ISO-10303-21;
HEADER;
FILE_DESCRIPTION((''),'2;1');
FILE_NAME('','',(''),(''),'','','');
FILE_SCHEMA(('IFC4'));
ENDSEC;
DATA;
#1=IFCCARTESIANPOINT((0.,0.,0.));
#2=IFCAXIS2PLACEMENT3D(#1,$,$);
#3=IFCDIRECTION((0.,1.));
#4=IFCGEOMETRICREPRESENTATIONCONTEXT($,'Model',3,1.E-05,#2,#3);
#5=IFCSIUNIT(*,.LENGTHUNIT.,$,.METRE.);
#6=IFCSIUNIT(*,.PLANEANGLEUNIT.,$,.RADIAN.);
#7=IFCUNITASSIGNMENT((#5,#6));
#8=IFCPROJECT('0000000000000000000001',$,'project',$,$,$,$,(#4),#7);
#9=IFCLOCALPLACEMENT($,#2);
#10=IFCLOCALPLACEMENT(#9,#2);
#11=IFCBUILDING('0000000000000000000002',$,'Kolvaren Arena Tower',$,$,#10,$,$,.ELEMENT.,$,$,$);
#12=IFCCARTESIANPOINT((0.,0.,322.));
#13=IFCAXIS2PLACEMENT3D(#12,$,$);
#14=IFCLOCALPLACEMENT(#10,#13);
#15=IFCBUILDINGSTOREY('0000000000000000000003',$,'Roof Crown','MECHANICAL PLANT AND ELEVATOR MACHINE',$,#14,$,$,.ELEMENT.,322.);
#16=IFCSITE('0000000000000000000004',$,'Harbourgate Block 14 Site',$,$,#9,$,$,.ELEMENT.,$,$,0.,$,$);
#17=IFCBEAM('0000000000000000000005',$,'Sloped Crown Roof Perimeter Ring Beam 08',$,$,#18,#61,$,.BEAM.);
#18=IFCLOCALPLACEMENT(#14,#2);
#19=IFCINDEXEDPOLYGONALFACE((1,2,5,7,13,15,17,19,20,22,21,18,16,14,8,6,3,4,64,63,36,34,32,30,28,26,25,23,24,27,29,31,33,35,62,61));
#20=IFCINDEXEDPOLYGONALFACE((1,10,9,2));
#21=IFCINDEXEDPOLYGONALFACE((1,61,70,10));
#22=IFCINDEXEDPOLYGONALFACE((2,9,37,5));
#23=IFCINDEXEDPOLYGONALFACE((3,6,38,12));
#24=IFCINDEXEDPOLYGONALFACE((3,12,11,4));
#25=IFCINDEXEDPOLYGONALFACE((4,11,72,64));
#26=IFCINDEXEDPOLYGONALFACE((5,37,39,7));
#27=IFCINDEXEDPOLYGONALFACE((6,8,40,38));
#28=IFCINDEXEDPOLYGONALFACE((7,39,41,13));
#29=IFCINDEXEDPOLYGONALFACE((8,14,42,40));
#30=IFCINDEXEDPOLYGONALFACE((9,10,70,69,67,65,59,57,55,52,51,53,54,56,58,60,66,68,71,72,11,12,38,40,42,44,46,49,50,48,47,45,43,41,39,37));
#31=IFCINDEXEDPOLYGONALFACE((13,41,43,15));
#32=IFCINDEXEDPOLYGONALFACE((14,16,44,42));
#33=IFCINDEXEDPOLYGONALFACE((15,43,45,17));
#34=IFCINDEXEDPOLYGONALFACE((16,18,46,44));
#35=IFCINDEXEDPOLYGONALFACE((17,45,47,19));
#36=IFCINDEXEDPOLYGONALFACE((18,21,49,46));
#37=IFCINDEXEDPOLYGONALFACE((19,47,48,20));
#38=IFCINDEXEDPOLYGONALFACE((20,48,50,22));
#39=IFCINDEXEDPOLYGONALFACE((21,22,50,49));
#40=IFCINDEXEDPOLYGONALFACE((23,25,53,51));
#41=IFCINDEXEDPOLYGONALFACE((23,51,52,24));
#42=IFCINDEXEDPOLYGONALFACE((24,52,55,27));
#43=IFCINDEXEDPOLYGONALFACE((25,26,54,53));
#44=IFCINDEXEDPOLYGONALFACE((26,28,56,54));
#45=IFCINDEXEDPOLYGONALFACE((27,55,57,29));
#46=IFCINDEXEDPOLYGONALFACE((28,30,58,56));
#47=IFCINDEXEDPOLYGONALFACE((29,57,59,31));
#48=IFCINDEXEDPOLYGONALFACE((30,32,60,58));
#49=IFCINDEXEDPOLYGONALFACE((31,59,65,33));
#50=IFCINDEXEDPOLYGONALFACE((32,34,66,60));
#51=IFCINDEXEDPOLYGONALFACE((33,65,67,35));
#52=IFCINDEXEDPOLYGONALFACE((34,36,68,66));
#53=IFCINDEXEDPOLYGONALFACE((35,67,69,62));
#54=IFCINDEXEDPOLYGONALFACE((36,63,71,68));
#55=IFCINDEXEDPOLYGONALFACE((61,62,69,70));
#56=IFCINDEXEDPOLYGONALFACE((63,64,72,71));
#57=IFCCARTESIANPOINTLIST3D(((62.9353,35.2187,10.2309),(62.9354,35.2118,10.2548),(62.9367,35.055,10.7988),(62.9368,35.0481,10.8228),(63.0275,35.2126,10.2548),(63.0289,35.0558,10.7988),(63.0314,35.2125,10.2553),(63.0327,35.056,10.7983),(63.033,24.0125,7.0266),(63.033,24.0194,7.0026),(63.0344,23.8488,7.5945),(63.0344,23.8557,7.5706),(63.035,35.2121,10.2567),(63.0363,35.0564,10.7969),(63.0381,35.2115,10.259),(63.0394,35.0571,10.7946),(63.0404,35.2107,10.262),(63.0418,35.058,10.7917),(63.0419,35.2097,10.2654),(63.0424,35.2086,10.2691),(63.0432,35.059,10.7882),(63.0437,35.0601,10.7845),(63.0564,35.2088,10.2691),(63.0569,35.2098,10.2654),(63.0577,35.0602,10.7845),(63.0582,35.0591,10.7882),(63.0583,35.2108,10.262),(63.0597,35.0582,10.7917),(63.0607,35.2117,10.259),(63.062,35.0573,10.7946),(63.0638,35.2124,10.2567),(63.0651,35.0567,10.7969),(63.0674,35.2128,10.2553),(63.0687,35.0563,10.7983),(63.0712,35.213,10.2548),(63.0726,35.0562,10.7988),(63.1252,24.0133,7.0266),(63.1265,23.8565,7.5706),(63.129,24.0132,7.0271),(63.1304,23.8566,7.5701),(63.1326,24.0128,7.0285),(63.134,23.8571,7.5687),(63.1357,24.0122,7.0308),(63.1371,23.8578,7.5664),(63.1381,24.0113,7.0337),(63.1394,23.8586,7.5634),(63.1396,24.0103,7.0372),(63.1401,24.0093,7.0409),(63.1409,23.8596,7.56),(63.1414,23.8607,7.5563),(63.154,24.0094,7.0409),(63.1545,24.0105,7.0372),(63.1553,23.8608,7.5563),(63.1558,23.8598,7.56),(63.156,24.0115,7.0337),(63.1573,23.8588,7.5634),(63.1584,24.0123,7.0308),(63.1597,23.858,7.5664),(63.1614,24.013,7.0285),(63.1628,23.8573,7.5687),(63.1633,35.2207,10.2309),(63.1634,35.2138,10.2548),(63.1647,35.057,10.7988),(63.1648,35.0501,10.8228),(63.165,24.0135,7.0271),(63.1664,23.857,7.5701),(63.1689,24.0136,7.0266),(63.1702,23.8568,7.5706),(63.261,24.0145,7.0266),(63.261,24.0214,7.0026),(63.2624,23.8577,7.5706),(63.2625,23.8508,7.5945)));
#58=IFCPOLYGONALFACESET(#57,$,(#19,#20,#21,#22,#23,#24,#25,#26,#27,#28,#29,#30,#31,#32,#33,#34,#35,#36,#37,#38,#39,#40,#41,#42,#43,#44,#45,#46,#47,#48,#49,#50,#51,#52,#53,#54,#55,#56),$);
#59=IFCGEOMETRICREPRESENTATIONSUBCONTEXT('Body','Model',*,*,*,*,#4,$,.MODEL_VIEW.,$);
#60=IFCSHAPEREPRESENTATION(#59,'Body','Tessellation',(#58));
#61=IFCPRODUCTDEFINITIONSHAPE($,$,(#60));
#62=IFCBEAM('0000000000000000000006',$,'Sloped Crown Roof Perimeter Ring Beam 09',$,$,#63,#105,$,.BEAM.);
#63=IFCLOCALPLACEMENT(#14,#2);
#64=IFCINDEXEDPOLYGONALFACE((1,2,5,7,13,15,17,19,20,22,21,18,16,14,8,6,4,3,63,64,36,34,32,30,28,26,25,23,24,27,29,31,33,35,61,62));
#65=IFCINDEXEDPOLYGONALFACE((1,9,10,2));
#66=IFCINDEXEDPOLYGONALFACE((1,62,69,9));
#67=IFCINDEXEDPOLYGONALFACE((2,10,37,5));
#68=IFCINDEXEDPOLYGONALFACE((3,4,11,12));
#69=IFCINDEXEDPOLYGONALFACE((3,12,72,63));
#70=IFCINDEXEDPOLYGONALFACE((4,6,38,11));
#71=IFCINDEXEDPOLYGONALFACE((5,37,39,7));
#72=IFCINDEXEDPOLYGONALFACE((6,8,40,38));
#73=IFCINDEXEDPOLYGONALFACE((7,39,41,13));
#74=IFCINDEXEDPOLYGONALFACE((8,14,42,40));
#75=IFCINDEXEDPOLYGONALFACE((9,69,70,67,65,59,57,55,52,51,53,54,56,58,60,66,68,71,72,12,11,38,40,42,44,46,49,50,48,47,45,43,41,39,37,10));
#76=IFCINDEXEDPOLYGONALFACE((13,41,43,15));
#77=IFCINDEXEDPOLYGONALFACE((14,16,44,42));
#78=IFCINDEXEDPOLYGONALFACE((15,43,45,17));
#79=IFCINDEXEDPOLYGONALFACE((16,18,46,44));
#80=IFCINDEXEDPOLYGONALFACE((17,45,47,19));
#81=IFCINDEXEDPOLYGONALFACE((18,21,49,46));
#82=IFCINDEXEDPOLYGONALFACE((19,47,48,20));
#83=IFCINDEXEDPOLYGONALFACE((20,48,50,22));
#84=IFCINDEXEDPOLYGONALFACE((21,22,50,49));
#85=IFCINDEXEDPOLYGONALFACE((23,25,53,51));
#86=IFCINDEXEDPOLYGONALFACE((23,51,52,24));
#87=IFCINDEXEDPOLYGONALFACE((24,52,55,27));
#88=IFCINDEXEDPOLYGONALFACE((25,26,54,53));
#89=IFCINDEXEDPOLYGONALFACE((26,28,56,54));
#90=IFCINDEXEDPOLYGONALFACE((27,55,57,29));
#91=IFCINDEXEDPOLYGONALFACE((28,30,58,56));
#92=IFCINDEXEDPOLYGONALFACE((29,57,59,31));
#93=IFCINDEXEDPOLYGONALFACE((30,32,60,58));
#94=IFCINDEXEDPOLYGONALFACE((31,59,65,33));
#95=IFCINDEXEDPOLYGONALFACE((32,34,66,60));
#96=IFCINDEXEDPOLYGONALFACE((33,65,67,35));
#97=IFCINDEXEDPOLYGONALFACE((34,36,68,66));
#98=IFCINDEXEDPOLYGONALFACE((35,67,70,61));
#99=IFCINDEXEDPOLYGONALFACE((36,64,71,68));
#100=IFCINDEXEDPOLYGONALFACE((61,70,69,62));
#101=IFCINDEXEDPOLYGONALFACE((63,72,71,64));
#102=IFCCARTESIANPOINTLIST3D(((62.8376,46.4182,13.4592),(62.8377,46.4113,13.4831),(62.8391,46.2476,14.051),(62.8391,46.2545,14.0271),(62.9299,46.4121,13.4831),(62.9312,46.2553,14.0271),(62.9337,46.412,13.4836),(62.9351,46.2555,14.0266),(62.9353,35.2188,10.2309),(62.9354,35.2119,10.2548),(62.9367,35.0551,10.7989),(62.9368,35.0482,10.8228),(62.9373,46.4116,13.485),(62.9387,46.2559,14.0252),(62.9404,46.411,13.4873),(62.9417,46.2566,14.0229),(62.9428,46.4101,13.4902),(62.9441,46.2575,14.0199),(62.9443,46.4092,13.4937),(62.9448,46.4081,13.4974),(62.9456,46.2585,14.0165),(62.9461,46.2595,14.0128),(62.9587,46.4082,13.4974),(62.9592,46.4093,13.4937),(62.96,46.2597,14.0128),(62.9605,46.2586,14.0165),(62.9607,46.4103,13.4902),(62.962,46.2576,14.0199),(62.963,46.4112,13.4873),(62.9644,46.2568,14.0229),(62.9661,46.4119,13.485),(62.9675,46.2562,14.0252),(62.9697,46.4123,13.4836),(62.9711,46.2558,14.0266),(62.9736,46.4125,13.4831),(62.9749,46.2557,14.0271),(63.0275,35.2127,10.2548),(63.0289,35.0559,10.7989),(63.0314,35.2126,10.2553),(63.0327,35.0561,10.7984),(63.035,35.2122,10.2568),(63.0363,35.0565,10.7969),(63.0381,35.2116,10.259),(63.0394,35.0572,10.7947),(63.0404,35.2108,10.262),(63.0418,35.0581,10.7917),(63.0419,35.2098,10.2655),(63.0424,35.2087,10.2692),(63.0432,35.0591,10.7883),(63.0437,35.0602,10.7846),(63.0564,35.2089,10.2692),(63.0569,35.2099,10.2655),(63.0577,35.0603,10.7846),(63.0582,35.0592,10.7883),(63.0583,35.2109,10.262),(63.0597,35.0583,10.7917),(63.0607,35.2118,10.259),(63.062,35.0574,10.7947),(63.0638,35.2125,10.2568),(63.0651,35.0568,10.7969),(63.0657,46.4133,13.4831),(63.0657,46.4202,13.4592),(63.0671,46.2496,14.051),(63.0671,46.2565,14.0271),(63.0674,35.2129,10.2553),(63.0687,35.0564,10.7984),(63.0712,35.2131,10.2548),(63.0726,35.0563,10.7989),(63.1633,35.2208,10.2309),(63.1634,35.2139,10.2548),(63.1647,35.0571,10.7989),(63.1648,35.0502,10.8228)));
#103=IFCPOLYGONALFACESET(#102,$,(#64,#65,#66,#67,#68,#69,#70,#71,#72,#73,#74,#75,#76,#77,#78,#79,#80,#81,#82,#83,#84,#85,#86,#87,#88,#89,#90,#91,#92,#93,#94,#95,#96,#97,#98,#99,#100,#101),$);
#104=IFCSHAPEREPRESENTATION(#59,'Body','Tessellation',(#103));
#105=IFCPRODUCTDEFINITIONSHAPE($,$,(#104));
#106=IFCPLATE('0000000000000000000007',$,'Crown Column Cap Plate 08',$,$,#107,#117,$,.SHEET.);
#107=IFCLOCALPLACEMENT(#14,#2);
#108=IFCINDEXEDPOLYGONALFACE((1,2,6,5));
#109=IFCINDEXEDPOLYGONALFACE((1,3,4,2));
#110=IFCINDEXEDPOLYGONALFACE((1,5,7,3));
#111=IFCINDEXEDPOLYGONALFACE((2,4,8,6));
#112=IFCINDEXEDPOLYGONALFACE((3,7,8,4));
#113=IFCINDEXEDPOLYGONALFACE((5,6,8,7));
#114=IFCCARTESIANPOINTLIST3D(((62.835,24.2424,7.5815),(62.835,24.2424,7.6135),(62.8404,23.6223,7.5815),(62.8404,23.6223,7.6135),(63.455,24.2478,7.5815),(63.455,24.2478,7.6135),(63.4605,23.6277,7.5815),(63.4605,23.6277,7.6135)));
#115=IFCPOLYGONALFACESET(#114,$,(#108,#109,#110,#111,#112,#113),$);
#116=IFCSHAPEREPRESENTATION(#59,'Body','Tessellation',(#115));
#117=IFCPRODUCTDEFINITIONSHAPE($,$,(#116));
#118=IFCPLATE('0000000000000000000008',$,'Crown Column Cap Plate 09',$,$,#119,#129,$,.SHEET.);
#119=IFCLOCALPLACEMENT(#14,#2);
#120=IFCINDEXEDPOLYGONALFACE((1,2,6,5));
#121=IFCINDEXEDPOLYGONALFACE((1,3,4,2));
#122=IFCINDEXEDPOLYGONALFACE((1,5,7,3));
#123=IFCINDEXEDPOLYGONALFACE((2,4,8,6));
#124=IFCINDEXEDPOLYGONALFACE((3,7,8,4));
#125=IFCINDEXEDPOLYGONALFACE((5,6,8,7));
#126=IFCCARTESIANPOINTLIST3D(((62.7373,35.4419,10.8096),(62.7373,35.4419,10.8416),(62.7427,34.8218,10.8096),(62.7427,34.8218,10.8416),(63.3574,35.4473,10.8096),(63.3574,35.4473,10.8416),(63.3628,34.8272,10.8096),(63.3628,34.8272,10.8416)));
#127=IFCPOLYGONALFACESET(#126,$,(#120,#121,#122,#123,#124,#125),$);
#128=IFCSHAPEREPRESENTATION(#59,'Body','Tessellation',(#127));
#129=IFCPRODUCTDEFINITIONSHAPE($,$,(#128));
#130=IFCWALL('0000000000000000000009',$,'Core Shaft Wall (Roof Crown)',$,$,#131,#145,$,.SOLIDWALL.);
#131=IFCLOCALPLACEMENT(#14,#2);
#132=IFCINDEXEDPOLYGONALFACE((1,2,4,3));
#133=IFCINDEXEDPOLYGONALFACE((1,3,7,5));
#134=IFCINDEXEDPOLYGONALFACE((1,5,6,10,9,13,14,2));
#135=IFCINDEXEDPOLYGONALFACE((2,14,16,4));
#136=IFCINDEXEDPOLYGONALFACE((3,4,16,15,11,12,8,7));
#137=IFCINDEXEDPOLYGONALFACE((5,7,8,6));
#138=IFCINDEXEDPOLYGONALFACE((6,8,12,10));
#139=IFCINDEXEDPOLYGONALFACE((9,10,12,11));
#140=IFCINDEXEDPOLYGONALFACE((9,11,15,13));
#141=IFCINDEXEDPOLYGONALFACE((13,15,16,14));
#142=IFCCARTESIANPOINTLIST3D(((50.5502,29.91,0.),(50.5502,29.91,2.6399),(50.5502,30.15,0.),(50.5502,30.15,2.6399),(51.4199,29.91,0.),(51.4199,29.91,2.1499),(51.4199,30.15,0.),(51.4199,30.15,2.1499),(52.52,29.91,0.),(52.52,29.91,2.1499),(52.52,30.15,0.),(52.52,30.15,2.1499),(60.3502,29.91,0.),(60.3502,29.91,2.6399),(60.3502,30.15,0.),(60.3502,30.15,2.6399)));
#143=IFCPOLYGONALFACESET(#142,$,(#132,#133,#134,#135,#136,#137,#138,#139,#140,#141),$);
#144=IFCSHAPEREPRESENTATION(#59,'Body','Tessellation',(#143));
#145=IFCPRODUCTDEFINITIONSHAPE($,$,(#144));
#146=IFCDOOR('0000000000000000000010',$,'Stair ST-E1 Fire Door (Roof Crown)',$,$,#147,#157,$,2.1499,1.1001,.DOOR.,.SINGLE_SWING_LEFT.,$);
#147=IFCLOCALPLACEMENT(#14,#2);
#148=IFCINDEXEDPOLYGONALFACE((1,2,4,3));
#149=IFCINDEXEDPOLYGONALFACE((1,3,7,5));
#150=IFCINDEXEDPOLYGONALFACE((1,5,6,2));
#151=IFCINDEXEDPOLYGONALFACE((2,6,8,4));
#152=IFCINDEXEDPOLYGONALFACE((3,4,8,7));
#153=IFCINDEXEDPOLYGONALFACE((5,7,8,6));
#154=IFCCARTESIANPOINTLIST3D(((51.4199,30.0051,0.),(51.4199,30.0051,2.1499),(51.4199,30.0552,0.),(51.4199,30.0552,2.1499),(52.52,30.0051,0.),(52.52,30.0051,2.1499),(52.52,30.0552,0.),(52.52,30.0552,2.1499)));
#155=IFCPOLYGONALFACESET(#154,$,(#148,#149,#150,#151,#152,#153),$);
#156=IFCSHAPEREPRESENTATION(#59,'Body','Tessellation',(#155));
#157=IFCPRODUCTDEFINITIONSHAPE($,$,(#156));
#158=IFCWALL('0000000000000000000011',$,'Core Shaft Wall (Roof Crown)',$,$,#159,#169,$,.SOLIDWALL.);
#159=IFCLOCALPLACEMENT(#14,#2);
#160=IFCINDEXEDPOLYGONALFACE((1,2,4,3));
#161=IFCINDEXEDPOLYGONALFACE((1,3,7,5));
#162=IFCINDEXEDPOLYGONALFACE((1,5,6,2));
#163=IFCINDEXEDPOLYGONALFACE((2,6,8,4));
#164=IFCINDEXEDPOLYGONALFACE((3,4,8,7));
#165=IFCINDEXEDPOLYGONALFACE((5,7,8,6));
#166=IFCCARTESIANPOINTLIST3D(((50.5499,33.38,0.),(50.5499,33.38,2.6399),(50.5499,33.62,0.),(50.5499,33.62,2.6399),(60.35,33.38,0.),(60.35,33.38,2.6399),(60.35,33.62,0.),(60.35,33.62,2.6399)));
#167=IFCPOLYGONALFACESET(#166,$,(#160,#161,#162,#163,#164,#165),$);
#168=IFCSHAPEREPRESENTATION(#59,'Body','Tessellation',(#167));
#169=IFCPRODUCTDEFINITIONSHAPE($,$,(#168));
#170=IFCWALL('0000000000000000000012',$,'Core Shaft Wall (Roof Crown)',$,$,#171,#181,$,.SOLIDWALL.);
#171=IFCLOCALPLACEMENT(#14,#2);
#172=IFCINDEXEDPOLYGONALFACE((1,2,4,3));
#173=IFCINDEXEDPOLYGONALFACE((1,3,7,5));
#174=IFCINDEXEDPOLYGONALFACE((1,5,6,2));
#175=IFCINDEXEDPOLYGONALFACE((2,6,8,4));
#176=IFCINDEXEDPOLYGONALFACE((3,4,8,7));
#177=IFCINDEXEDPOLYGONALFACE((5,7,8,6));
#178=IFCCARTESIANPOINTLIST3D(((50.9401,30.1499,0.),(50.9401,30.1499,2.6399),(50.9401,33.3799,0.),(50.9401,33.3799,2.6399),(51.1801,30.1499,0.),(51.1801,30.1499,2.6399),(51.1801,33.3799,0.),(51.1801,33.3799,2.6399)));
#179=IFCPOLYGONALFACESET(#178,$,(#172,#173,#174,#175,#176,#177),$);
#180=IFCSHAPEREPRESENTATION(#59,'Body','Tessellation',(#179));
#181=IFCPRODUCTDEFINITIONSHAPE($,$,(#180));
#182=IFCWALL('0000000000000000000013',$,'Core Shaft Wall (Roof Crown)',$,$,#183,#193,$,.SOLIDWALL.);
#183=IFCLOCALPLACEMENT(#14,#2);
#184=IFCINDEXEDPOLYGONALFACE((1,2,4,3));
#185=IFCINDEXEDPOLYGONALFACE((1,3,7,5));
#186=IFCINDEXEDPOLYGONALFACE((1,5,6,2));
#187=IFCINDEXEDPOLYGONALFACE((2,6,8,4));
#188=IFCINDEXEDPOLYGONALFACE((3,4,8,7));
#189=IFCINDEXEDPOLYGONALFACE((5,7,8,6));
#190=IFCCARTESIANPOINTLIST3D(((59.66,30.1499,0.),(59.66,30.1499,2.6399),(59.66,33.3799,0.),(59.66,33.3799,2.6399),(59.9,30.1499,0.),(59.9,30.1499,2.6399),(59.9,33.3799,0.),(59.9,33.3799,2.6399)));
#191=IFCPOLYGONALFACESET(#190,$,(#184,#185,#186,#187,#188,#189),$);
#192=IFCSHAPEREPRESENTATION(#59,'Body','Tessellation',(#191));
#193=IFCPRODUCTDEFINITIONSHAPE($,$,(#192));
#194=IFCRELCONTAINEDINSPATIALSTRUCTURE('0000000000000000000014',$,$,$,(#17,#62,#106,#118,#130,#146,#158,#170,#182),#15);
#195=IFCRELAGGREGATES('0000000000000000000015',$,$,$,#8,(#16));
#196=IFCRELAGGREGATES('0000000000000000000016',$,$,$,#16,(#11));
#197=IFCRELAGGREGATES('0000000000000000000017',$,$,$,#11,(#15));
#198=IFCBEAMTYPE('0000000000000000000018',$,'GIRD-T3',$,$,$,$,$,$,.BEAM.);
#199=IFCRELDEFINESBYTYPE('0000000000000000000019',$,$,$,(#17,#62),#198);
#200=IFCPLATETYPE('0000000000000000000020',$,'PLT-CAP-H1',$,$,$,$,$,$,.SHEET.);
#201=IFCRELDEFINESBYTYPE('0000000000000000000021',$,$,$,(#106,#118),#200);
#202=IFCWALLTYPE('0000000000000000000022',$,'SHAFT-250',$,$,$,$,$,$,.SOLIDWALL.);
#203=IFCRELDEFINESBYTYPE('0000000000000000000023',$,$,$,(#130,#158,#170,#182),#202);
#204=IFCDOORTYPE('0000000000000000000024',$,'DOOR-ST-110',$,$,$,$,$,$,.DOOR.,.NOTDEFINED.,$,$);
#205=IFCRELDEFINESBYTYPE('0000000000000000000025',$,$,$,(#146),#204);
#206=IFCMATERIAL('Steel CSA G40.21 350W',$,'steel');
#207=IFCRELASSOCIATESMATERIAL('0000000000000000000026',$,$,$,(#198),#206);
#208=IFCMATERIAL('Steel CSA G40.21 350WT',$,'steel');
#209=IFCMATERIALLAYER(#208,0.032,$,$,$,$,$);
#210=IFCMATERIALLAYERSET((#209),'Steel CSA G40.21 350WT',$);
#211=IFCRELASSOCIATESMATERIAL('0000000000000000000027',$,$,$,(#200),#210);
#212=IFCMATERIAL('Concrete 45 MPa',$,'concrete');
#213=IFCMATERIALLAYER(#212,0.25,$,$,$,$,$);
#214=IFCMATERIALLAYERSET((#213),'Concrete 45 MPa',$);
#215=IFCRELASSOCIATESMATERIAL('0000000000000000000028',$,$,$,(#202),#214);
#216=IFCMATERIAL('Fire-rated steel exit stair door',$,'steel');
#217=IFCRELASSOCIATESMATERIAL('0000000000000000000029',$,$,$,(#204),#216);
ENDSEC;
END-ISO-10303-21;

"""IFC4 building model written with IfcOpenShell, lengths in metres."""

from ifc_helpers import new_model, si_unit, direction, frame, frame_2d, origin, origin_2d, place, context, subcontext, project, spatial, rectangle, i_section, extrude, material, layer, layer_set, material_profile, profile_set, type_object, element, fill, save


model = new_model("IFC4")

# Units and contexts
model_context = context("Model", 3, precision=1e-05, world=origin(), true_north=direction((0.0, 1.0)))
body_context = subcontext(model_context, "Body", "Model", "MODEL_VIEW")
ifc_project = project(units=[si_unit("LENGTHUNIT", "METRE"), si_unit("PLANEANGLEUNIT", "RADIAN")], contexts=[model_context])

# Site, building, storey
site_placement = place(None, origin())
site = spatial("IfcSite", under=ifc_project, at=site_placement, Name="Harbourgate Block 14 Site", CompositionType="ELEMENT", RefElevation=0.0)
building_placement = place(site_placement, origin())
building = spatial("IfcBuilding", under=site, at=building_placement, Name="Kolvaren Arena Tower", CompositionType="ELEMENT")
storey_placement = place(building_placement, frame((0.0, 0.0, 322.0)))
storey = spatial("IfcBuildingStorey", under=building, at=storey_placement, Name="Roof Crown", Description="MECHANICAL PLANT AND ELEVATOR MACHINE", CompositionType="ELEMENT", Elevation=322.0)

# Beams
ifc_material_1 = material(Name="Steel CSA G40.21 350W", Category="steel")
ifc_material_profile_1 = material_profile(ifc_material_1, i_section(OverallWidth=0.228, OverallDepth=0.616, WebThickness=0.0139, FlangeThickness=0.0249, FilletRadius=0.0149, at=origin_2d()), Name="W610x174")
ifc_profile_set_1 = profile_set([ifc_material_profile_1], Name="Steel CSA G40.21 350W")
beam_type = type_object("IfcBeamType", Name="GIRD-T3", PredefinedType="BEAM", material=ifc_profile_set_1)
for number, where, z_axis, x_axis, name in (
    (1, (63.1477, 23.9351, 7.2986), (-0.008378, 0.960843, 0.276965), (-0.999962, -0.008719, 0.0), "Sloped Crown Roof Perimeter Ring Beam 08"),
    (2, (63.05, 35.1345, 10.5269), (-0.008378, 0.960843, 0.276965), (-0.999962, -0.008719, 0.0), "Sloped Crown Roof Perimeter Ring Beam 09"),
):
    element("IfcBeam", number, at=place(storey_placement, frame(where, z_axis=z_axis, x_axis=x_axis)), inside=storey, type_object=beam_type, Name=name, PredefinedType="BEAM", context=body_context, shape_type="SweptSolid", body=[
        extrude(i_section(OverallWidth=0.228, OverallDepth=0.616, WebThickness=0.0139, FlangeThickness=0.0249, FilletRadius=0.0149, at=origin_2d()), origin(), (0.0, 0.0, 1.0), 11.6558),
    ])

# Plates
ifc_material_2 = material(Name="Steel CSA G40.21 350WT", Category="steel")
ifc_layer_1 = layer(ifc_material_2, 0.032)
ifc_layer_set_1 = layer_set([ifc_layer_1], Name="Steel CSA G40.21 350WT")
plate_type = type_object("IfcPlateType", Name="PLT-CAP-H1", PredefinedType="SHEET", material=ifc_layer_set_1)
for number, where, z_axis, x_axis, name in (
    (3, (63.1477, 23.9351, 7.5815), (0.0, 0.0, 1.0), (-0.008727, 0.999962, 0.0), "Crown Column Cap Plate 08"),
    (4, (63.05, 35.1345, 10.8096), (0.0, 0.0, 1.0), (-0.008727, 0.999962, 0.0), "Crown Column Cap Plate 09"),
):
    element("IfcPlate", number, at=place(storey_placement, frame(where, z_axis=z_axis, x_axis=x_axis)), inside=storey, type_object=plate_type, Name=name, PredefinedType="SHEET", context=body_context, shape_type="SweptSolid", body=[
        extrude(rectangle(XDim=0.6201, YDim=0.6201, at=origin_2d()), origin(), (0.0, 0.0, 1.0), 0.032),
    ])

# Wall, opening, door
ifc_material_3 = material(Name="Concrete 45 MPa", Category="concrete")
ifc_layer_2 = layer(ifc_material_3, 0.25)
ifc_layer_set_2 = layer_set([ifc_layer_2], Name="Concrete 45 MPa")
wall_type = type_object("IfcWallType", Name="SHAFT-250", PredefinedType="SOLIDWALL", material=ifc_layer_set_2)
wall_1_placement = place(storey_placement, frame((60.3501, 30.03, 0.0), z_axis=(0.0, 0.0, 1.0), x_axis=(-1.0, 0.0, 0.0)))
wall_1 = element("IfcWall", 5, at=wall_1_placement, inside=storey, type_object=wall_type, Name="Core Shaft Wall (Roof Crown)", PredefinedType="SOLIDWALL", context=body_context, shape_type="SweptSolid", body=[
    extrude(rectangle(XDim=9.8, YDim=0.24, at=frame_2d((4.8999, 0.0))), origin(), (0.0, 0.0, 1.0), 2.6399),
])
opening_1_placement = place(wall_1_placement, frame((7.8301, 0.0, 0.0)))
opening_1 = element("IfcOpeningElement", 6, at=opening_1_placement, cuts=wall_1, PredefinedType="OPENING", context=body_context, shape_type="SweptSolid", body=[
    extrude(rectangle(XDim=1.1001, YDim=2.1499, at=frame_2d((0.55, 1.075))), frame((0.0, 0.1299, 0.0), z_axis=(0.0, -1.0, 0.0), x_axis=(1.0, 0.0, 0.0)), (0.0, 0.0, 1.0), 0.26),
])
ifc_material_4 = material(Name="Fire-rated steel exit stair door", Category="steel")
door_type_1 = type_object("IfcDoorType", Name="DOOR-ST-110", OperationType="NOTDEFINED", PredefinedType="DOOR", material=ifc_material_4)
door_1_placement = place(opening_1_placement, origin())
door_1 = element("IfcDoor", 7, at=door_1_placement, inside=storey, type_object=door_type_1, Name="Stair ST-E1 Fire Door (Roof Crown)", OperationType="SINGLE_SWING_LEFT", OverallHeight=2.1499, OverallWidth=1.1001, PredefinedType="DOOR", context=body_context, shape_type="SweptSolid", body=[
    extrude(rectangle(XDim=1.1001, YDim=2.1499, at=frame_2d((0.55, 1.075))), frame((0.0, 0.0249, 0.0), z_axis=(0.0, -1.0, 0.0), x_axis=(1.0, 0.0, 0.0)), (0.0, 0.0, 1.0), 0.05),
])
fill(opening_1, door_1)

# Walls
wall_2_placement = place(storey_placement, frame((50.55, 33.5, 0.0), z_axis=(0.0, 0.0, 1.0), x_axis=(1.0, 0.0, 0.0)))
element("IfcWall", 8, at=wall_2_placement, inside=storey, type_object=wall_type, Name="Core Shaft Wall (Roof Crown)", PredefinedType="SOLIDWALL", context=body_context, shape_type="SweptSolid", body=[
    extrude(rectangle(XDim=9.8, YDim=0.24, at=frame_2d((4.8999, 0.0))), origin(), (0.0, 0.0, 1.0), 2.6399),
])
for number, where, z_axis, x_axis, name in (
    (9, (51.0601, 30.1499, 0.0), (0.0, 0.0, 1.0), (0.0, 1.0, 0.0), "Core Shaft Wall (Roof Crown)"),
    (10, (59.78, 30.1499, 0.0), (0.0, 0.0, 1.0), (0.0, 1.0, 0.0), "Core Shaft Wall (Roof Crown)"),
):
    element("IfcWall", number, at=place(storey_placement, frame(where, z_axis=z_axis, x_axis=x_axis)), inside=storey, type_object=wall_type, Name=name, PredefinedType="SOLIDWALL", context=body_context, shape_type="SweptSolid", body=[
        extrude(rectangle(XDim=3.23, YDim=0.24, at=frame_2d((1.615, 0.0))), origin(), (0.0, 0.0, 1.0), 2.6399),
    ])

save(model, "model.ifc")
